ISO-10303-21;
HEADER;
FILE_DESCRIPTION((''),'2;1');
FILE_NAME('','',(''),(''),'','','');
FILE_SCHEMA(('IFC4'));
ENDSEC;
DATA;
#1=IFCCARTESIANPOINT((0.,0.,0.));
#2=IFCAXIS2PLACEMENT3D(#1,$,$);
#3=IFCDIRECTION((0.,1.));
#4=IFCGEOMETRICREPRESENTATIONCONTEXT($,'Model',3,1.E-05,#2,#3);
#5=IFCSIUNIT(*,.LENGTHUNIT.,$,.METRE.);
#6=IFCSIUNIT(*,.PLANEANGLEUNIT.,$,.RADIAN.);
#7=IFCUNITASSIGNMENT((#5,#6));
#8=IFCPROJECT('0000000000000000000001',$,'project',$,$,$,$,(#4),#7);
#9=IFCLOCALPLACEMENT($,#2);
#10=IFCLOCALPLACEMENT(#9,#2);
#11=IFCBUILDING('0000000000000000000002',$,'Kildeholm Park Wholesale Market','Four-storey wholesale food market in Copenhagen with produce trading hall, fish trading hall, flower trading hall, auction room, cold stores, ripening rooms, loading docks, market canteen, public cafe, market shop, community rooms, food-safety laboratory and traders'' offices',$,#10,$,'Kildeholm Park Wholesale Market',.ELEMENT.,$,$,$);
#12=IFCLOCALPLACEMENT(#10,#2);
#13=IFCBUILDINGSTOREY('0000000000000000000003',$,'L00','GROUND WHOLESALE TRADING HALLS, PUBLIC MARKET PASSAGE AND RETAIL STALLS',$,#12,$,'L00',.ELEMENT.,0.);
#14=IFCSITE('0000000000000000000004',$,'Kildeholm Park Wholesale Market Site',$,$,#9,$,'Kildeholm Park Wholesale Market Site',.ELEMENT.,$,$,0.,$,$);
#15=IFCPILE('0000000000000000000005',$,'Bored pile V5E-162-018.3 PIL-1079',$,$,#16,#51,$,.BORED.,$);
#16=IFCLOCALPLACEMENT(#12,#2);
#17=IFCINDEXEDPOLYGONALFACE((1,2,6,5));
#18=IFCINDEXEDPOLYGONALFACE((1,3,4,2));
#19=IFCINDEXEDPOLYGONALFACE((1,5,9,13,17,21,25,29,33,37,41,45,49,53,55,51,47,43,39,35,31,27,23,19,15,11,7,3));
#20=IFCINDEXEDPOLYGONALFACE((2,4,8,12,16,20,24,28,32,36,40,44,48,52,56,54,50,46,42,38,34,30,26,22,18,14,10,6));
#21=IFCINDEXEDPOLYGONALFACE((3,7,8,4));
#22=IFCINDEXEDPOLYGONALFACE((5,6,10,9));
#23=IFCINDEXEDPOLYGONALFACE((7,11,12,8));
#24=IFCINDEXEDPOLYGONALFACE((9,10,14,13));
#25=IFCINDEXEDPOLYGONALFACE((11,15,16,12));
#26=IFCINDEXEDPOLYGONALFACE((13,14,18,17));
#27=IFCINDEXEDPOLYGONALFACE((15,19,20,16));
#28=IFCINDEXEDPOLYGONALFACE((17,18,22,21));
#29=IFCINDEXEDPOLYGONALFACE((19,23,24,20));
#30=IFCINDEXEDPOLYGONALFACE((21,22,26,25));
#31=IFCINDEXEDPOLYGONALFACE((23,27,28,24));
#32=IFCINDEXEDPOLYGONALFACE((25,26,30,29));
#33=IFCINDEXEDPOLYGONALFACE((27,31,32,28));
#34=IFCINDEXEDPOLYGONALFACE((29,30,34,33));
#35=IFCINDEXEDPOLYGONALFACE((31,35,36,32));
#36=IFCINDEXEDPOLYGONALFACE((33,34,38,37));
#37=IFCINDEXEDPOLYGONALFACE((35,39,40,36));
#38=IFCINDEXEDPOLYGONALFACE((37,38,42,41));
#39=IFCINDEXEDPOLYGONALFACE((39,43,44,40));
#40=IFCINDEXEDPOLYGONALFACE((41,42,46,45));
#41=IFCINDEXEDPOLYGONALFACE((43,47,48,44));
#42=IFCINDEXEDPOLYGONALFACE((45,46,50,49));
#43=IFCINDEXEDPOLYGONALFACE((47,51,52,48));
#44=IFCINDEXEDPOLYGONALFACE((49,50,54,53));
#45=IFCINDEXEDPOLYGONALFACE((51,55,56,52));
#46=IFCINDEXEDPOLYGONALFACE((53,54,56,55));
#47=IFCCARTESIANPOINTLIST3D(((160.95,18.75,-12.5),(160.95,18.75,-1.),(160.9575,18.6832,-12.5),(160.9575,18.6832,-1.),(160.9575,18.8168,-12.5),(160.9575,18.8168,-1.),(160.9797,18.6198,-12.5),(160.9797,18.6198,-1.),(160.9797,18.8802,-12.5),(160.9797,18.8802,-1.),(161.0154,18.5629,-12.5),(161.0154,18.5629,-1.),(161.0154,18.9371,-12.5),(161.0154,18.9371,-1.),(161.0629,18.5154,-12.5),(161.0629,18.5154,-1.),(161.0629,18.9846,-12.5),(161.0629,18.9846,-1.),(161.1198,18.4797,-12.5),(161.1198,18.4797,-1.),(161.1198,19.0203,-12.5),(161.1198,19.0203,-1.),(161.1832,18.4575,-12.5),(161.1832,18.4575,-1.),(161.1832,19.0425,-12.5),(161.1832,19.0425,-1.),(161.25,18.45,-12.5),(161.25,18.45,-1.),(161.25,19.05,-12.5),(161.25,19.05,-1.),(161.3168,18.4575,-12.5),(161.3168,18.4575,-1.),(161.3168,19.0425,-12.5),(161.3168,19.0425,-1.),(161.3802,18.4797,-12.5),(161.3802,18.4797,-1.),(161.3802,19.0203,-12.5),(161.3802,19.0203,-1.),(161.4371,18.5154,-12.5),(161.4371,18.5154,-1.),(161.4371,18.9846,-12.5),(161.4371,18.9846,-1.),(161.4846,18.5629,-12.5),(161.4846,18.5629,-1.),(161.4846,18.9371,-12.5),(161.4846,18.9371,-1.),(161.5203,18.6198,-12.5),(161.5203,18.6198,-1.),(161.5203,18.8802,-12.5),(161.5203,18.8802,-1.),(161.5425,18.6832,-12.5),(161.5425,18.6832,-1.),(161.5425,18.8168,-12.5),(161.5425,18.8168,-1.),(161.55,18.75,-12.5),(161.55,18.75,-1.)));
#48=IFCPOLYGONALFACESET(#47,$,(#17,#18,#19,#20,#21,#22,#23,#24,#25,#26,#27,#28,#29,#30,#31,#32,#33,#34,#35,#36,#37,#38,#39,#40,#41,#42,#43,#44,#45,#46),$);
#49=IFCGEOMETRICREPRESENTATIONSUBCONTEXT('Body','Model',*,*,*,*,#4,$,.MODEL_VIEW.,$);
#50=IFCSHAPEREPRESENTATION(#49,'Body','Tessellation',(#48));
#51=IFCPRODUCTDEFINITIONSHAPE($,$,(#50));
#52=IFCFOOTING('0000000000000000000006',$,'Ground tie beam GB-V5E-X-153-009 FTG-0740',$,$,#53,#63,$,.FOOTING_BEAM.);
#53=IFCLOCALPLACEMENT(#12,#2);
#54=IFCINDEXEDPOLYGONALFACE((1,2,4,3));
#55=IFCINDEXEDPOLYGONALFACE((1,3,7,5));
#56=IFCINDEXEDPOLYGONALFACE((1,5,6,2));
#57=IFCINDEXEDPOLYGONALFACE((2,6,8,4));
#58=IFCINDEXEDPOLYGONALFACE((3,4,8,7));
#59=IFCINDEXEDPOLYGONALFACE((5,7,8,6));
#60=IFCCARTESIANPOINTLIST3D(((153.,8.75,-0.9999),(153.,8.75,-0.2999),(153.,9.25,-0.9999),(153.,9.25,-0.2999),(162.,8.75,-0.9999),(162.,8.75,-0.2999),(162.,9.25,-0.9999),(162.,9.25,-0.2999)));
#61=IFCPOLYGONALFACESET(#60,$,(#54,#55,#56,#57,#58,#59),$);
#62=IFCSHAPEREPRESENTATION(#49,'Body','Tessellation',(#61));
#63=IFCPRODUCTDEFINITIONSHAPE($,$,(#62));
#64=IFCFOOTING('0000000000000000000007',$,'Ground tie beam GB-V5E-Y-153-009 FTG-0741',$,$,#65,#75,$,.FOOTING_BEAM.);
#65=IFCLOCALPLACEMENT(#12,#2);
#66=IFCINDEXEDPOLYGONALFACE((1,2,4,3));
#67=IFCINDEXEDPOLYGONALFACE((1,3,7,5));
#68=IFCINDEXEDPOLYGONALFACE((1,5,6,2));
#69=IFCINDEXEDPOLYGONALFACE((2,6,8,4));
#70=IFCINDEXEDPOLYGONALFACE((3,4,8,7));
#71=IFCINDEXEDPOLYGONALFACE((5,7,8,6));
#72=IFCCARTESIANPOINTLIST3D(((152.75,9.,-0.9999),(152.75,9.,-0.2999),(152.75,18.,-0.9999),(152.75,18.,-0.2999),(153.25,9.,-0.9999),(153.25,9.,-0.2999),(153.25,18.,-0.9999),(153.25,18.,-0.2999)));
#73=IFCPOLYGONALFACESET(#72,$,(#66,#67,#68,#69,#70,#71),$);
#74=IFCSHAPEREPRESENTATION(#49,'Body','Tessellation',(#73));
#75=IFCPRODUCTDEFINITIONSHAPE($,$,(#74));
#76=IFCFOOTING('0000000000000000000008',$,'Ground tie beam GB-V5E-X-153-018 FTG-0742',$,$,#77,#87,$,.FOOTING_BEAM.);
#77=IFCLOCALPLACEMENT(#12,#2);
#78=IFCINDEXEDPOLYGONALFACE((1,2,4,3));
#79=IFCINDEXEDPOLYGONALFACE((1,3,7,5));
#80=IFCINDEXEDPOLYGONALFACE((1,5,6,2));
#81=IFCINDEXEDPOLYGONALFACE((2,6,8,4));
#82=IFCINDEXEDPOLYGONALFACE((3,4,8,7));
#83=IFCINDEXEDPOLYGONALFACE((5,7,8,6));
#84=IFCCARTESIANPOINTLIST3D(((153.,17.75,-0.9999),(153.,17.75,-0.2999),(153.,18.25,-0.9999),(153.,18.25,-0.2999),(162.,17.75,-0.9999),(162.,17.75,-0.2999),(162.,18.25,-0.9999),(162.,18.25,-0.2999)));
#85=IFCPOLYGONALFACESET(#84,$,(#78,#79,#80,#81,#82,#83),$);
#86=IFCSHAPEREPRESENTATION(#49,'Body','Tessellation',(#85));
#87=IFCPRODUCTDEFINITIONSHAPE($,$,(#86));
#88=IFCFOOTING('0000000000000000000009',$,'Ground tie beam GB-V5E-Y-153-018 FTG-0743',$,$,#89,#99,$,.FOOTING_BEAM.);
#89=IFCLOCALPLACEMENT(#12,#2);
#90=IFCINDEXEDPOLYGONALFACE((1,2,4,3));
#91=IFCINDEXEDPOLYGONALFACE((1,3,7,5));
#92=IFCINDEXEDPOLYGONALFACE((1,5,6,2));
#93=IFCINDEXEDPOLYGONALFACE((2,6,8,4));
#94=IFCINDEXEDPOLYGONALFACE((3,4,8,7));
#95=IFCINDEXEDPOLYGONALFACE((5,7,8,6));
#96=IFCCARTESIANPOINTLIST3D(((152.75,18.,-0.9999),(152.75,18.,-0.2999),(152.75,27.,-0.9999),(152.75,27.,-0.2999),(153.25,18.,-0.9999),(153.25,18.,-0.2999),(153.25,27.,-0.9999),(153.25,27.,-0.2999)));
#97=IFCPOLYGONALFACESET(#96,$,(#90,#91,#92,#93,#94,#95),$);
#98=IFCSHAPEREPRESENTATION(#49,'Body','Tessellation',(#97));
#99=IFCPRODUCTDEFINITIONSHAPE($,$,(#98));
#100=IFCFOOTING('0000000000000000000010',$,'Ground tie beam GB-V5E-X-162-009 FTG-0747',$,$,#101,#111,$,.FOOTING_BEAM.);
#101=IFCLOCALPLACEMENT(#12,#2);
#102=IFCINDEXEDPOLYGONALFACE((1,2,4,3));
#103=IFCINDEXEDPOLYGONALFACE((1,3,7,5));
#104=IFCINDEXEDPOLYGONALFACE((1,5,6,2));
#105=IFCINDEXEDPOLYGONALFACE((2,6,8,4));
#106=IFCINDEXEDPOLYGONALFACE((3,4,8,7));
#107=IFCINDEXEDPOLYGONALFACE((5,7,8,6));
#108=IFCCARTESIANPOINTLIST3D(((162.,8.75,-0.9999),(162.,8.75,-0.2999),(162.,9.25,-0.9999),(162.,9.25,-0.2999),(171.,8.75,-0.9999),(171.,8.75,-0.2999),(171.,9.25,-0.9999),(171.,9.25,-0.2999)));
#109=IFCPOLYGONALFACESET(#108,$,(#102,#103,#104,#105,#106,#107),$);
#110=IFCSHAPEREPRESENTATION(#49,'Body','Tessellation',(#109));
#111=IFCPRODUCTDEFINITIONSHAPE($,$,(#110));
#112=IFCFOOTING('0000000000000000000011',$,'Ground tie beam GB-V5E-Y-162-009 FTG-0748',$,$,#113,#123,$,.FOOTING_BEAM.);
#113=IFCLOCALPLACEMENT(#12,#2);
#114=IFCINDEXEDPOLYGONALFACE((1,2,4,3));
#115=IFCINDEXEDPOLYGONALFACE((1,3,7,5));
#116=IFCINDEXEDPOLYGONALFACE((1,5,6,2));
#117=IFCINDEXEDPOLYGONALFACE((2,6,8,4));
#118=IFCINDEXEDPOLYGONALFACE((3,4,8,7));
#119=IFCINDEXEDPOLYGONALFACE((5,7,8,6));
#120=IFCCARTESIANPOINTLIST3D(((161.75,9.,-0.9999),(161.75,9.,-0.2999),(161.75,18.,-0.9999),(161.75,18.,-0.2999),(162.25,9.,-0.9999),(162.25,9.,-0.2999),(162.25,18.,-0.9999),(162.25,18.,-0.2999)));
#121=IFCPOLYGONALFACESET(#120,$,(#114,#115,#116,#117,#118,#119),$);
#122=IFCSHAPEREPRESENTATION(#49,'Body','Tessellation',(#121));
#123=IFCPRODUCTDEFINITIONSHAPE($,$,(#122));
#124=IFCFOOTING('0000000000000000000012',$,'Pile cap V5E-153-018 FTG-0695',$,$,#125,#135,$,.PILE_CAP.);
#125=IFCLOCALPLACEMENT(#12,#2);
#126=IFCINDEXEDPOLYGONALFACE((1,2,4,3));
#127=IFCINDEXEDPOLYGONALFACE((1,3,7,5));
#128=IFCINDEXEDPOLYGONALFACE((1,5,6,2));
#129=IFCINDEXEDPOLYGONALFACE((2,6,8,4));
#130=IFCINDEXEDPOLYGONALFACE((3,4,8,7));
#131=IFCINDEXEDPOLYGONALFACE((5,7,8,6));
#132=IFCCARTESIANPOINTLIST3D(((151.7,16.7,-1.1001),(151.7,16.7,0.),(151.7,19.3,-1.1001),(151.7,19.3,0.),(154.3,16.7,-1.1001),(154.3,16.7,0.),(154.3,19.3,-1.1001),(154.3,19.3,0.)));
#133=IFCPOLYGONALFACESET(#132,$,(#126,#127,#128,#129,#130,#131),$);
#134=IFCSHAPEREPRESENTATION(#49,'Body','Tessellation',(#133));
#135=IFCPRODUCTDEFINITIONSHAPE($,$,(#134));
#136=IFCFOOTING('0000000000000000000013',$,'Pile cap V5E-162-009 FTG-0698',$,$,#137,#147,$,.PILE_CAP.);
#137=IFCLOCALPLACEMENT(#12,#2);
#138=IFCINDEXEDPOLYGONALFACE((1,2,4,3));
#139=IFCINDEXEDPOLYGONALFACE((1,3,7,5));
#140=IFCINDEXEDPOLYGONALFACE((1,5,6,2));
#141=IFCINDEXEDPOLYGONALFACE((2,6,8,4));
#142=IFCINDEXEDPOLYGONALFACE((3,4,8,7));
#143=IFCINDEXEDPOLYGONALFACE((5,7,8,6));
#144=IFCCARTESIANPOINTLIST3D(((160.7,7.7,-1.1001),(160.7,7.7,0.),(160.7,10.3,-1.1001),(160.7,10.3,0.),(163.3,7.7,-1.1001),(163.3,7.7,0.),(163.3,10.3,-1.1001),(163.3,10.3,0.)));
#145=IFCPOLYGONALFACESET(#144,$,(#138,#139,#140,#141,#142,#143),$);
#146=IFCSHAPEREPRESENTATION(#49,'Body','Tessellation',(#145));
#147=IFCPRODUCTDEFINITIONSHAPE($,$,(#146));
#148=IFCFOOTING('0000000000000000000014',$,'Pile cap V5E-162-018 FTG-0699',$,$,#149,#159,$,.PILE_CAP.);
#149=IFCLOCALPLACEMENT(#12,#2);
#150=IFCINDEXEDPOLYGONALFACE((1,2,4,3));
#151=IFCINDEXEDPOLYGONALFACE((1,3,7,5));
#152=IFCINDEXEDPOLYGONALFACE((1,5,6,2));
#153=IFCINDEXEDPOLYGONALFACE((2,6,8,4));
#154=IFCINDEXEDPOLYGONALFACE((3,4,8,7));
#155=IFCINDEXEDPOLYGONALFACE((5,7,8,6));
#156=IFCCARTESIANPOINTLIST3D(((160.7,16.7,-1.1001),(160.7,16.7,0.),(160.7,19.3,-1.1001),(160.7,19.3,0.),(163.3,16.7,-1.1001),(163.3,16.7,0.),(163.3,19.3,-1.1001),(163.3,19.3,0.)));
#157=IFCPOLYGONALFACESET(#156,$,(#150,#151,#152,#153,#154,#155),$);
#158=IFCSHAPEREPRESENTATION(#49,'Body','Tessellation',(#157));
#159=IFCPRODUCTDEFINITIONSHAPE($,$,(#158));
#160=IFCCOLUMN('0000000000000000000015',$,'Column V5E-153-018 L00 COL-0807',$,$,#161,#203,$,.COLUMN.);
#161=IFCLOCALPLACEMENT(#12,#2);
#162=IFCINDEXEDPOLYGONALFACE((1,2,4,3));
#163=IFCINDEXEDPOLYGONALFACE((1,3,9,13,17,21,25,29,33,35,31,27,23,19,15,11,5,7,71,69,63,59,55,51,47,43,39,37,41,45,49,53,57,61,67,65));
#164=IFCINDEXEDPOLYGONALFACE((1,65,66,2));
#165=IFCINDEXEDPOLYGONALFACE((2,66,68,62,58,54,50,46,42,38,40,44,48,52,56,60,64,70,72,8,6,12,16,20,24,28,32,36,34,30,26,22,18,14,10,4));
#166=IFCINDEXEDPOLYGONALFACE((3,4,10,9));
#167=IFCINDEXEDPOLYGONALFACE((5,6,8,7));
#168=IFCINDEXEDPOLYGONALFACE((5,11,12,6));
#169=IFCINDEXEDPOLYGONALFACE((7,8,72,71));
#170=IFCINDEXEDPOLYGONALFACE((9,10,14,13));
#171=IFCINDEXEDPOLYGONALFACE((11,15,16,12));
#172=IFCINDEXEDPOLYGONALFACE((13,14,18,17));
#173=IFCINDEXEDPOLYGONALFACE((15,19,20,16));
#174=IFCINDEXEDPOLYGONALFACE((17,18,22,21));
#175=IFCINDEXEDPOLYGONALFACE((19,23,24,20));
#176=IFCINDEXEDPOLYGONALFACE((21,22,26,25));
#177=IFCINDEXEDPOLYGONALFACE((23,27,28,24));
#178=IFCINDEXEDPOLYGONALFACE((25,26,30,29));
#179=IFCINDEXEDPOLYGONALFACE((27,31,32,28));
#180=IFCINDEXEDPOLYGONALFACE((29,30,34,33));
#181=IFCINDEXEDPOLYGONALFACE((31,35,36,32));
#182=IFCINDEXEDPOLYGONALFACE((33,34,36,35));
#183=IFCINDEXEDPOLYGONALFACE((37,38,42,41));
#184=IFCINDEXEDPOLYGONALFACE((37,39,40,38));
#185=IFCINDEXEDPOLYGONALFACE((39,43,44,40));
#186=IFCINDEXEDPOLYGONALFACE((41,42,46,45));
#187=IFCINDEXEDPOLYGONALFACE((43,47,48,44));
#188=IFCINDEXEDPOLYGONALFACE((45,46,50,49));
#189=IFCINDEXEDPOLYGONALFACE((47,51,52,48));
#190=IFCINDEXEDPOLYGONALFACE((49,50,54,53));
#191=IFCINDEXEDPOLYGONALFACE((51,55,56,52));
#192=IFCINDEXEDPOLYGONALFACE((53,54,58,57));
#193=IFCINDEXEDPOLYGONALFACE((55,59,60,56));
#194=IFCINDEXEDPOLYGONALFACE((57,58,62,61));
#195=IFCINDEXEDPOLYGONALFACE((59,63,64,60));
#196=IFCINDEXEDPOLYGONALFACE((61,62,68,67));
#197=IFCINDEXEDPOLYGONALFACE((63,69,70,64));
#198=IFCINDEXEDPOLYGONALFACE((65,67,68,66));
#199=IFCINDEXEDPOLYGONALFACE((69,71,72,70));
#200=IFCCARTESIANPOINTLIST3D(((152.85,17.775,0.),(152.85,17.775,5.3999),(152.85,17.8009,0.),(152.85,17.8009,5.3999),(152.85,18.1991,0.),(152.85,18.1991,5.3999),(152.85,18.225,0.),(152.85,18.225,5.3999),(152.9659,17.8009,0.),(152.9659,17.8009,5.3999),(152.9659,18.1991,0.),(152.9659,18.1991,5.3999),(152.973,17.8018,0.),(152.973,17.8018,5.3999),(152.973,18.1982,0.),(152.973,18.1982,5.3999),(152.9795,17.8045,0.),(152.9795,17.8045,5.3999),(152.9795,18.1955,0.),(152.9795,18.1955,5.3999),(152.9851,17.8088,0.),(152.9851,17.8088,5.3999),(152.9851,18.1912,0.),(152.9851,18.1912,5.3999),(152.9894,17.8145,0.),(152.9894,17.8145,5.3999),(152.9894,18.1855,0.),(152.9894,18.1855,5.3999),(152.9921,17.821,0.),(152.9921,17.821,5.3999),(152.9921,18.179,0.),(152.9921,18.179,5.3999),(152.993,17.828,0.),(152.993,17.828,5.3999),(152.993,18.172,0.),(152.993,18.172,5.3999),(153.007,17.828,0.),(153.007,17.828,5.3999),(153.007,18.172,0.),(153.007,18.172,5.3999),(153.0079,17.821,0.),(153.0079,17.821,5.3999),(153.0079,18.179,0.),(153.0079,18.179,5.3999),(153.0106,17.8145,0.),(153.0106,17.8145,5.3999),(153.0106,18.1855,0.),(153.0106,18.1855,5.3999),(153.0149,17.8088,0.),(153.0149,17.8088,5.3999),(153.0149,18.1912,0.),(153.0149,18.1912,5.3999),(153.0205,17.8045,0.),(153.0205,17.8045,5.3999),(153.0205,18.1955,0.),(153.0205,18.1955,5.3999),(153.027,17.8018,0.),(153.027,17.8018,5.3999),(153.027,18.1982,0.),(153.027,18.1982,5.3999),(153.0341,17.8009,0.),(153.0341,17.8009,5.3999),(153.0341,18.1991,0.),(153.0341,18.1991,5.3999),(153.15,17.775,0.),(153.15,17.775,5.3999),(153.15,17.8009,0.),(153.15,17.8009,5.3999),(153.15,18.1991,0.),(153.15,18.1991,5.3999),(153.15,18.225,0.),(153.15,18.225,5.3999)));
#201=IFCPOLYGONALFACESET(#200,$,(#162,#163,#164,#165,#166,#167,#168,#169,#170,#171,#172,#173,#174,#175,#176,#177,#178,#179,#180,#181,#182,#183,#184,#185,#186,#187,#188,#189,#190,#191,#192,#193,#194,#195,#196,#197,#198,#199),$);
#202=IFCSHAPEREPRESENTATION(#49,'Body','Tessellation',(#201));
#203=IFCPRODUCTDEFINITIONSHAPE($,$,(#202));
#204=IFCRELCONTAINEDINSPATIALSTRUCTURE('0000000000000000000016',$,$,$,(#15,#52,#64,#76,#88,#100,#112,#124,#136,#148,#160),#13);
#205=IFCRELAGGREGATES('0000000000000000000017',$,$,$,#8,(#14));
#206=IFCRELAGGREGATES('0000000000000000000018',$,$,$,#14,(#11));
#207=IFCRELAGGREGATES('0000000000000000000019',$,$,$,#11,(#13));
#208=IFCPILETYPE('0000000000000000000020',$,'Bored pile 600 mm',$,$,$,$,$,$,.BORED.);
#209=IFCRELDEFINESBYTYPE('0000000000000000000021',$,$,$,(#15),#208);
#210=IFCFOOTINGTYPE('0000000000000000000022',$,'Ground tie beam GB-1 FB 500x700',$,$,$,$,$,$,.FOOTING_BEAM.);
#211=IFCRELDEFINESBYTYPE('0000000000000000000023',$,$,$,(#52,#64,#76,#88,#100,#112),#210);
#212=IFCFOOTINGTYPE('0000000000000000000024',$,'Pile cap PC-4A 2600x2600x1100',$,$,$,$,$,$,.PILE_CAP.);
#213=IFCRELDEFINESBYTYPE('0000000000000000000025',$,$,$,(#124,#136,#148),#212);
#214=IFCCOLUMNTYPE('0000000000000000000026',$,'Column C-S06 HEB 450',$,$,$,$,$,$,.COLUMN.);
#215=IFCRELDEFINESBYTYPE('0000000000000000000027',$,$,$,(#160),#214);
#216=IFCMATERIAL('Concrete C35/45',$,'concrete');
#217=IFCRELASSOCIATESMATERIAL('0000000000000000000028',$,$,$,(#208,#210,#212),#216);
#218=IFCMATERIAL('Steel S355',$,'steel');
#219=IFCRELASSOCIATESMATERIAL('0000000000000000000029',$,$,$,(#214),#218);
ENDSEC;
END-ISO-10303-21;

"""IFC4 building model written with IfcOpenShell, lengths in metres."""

from ifc_helpers import new_model, si_unit, direction, frame, origin, origin_2d, place, context, subcontext, project, spatial, rectangle, circle, i_section, extrude, material, material_profile, profile_set, type_object, element, save


model = new_model("IFC4")

# Units and contexts
model_context = context("Model", 3, precision=1e-05, world=origin(), true_north=direction((0.0, 1.0)))
body_context = subcontext(model_context, "Body", "Model", "MODEL_VIEW")
ifc_project = project(units=[si_unit("LENGTHUNIT", "METRE"), si_unit("PLANEANGLEUNIT", "RADIAN")], contexts=[model_context])

# Site, building, storey
site_placement = place(None, origin())
site = spatial("IfcSite", under=ifc_project, at=site_placement, Name="Kildeholm Park Wholesale Market Site", LongName="Kildeholm Park Wholesale Market Site", CompositionType="ELEMENT", RefElevation=0.0)
building_placement = place(site_placement, origin())
building = spatial("IfcBuilding", under=site, at=building_placement, Name="Kildeholm Park Wholesale Market", Description="Four-storey wholesale food market in Copenhagen with produce trading hall, fish trading hall, flower trading hall, auction room, cold stores, ripening rooms, loading docks, market canteen, public cafe, market shop, community rooms, food-safety laboratory and traders' offices", LongName="Kildeholm Park Wholesale Market", CompositionType="ELEMENT")
storey_placement = place(building_placement, origin())
storey = spatial("IfcBuildingStorey", under=building, at=storey_placement, Name="L00", Description="GROUND WHOLESALE TRADING HALLS, PUBLIC MARKET PASSAGE AND RETAIL STALLS", LongName="L00", CompositionType="ELEMENT", Elevation=0.0)

# Pile
ifc_material_1 = material(Name="Concrete C35/45", Category="concrete")
ifc_material_profile_1 = material_profile(ifc_material_1, circle(Radius=0.3, at=origin_2d()), Name="PILE D600")
ifc_profile_set_1 = profile_set([ifc_material_profile_1], Name="Concrete C35/45")
pile_type = type_object("IfcPileType", Name="Bored pile 600 mm", PredefinedType="BORED", material=ifc_profile_set_1)
for number, where, z_axis, x_axis, name in (
    (1, (161.25, 18.75, -1.0), (0.0, 0.0, -1.0), (1.0, 0.0, 0.0), "Bored pile V5E-162-018.3 PIL-1079"),
):
    element("IfcPile", number, at=place(storey_placement, frame(where, z_axis=z_axis, x_axis=x_axis)), inside=storey, type_object=pile_type, Name=name, PredefinedType="BORED", context=body_context, shape_type="SweptSolid", body=[
        extrude(circle(Radius=0.3, at=origin_2d()), origin(), (0.0, 0.0, 1.0), 11.5),
    ])

# Footings
ifc_material_profile_2 = material_profile(ifc_material_1, rectangle(XDim=0.5, YDim=0.7, at=origin_2d()), Name="FB 500x700")
ifc_profile_set_2 = profile_set([ifc_material_profile_2], Name="Concrete C35/45")
footing_type_1 = type_object("IfcFootingType", Name="Ground tie beam GB-1 FB 500x700", PredefinedType="FOOTING_BEAM", material=ifc_profile_set_2)
for number, where, z_axis, x_axis, name in (
    (2, (153.0, 9.0, -0.6499), (1.0, 0.0, 0.0), (0.0, 1.0, 0.0), "Ground tie beam GB-V5E-X-153-009 FTG-0740"),
    (3, (153.0, 9.0, -0.6499), (0.0, 1.0, 0.0), (-1.0, 0.0, 0.0), "Ground tie beam GB-V5E-Y-153-009 FTG-0741"),
    (4, (153.0, 18.0, -0.6499), (1.0, 0.0, 0.0), (0.0, 1.0, 0.0), "Ground tie beam GB-V5E-X-153-018 FTG-0742"),
    (5, (153.0, 18.0, -0.6499), (0.0, 1.0, 0.0), (-1.0, 0.0, 0.0), "Ground tie beam GB-V5E-Y-153-018 FTG-0743"),
    (6, (162.0, 9.0, -0.6499), (1.0, 0.0, 0.0), (0.0, 1.0, 0.0), "Ground tie beam GB-V5E-X-162-009 FTG-0747"),
    (7, (162.0, 9.0, -0.6499), (0.0, 1.0, 0.0), (-1.0, 0.0, 0.0), "Ground tie beam GB-V5E-Y-162-009 FTG-0748"),
):
    element("IfcFooting", number, at=place(storey_placement, frame(where, z_axis=z_axis, x_axis=x_axis)), inside=storey, type_object=footing_type_1, Name=name, PredefinedType="FOOTING_BEAM", context=body_context, shape_type="SweptSolid", body=[
        extrude(rectangle(XDim=0.5, YDim=0.7, at=origin_2d()), origin(), (0.0, 0.0, 1.0), 9.0),
    ])
footing_type_2 = type_object("IfcFootingType", Name="Pile cap PC-4A 2600x2600x1100", PredefinedType="PILE_CAP", material=ifc_material_1)
for number, where, z_axis, x_axis, name in (
    (8, (153.0, 18.0, -1.1001), (0.0, 0.0, 1.0), (1.0, 0.0, 0.0), "Pile cap V5E-153-018 FTG-0695"),
    (9, (162.0, 9.0, -1.1001), (0.0, 0.0, 1.0), (1.0, 0.0, 0.0), "Pile cap V5E-162-009 FTG-0698"),
    (10, (162.0, 18.0, -1.1001), (0.0, 0.0, 1.0), (1.0, 0.0, 0.0), "Pile cap V5E-162-018 FTG-0699"),
):
    element("IfcFooting", number, at=place(storey_placement, frame(where, z_axis=z_axis, x_axis=x_axis)), inside=storey, type_object=footing_type_2, Name=name, PredefinedType="PILE_CAP", context=body_context, shape_type="SweptSolid", body=[
        extrude(rectangle(XDim=2.6001, YDim=2.6001, at=origin_2d()), origin(), (0.0, 0.0, 1.0), 1.1001),
    ])

# Column
ifc_material_2 = material(Name="Steel S355", Category="steel")
ifc_material_profile_3 = material_profile(ifc_material_2, i_section(OverallWidth=0.3, OverallDepth=0.45, WebThickness=0.0139, FlangeThickness=0.0259, FilletRadius=0.0271, at=origin_2d()), Name="HEB 450")
ifc_profile_set_3 = profile_set([ifc_material_profile_3], Name="Steel S355")
column_type = type_object("IfcColumnType", Name="Column C-S06 HEB 450", PredefinedType="COLUMN", material=ifc_profile_set_3)
for number, where, z_axis, x_axis, name in (
    (11, (153.0, 18.0, 0.0), (0.0, 0.0, 1.0), (1.0, 0.0, 0.0), "Column V5E-153-018 L00 COL-0807"),
):
    element("IfcColumn", number, at=place(storey_placement, frame(where, z_axis=z_axis, x_axis=x_axis)), inside=storey, type_object=column_type, Name=name, PredefinedType="COLUMN", context=body_context, shape_type="SweptSolid", body=[
        extrude(i_section(OverallWidth=0.3, OverallDepth=0.45, WebThickness=0.0139, FlangeThickness=0.0259, FilletRadius=0.0271, at=origin_2d()), origin(), (0.0, 0.0, 1.0), 5.3999),
    ])

save(model, "model.ifc")
